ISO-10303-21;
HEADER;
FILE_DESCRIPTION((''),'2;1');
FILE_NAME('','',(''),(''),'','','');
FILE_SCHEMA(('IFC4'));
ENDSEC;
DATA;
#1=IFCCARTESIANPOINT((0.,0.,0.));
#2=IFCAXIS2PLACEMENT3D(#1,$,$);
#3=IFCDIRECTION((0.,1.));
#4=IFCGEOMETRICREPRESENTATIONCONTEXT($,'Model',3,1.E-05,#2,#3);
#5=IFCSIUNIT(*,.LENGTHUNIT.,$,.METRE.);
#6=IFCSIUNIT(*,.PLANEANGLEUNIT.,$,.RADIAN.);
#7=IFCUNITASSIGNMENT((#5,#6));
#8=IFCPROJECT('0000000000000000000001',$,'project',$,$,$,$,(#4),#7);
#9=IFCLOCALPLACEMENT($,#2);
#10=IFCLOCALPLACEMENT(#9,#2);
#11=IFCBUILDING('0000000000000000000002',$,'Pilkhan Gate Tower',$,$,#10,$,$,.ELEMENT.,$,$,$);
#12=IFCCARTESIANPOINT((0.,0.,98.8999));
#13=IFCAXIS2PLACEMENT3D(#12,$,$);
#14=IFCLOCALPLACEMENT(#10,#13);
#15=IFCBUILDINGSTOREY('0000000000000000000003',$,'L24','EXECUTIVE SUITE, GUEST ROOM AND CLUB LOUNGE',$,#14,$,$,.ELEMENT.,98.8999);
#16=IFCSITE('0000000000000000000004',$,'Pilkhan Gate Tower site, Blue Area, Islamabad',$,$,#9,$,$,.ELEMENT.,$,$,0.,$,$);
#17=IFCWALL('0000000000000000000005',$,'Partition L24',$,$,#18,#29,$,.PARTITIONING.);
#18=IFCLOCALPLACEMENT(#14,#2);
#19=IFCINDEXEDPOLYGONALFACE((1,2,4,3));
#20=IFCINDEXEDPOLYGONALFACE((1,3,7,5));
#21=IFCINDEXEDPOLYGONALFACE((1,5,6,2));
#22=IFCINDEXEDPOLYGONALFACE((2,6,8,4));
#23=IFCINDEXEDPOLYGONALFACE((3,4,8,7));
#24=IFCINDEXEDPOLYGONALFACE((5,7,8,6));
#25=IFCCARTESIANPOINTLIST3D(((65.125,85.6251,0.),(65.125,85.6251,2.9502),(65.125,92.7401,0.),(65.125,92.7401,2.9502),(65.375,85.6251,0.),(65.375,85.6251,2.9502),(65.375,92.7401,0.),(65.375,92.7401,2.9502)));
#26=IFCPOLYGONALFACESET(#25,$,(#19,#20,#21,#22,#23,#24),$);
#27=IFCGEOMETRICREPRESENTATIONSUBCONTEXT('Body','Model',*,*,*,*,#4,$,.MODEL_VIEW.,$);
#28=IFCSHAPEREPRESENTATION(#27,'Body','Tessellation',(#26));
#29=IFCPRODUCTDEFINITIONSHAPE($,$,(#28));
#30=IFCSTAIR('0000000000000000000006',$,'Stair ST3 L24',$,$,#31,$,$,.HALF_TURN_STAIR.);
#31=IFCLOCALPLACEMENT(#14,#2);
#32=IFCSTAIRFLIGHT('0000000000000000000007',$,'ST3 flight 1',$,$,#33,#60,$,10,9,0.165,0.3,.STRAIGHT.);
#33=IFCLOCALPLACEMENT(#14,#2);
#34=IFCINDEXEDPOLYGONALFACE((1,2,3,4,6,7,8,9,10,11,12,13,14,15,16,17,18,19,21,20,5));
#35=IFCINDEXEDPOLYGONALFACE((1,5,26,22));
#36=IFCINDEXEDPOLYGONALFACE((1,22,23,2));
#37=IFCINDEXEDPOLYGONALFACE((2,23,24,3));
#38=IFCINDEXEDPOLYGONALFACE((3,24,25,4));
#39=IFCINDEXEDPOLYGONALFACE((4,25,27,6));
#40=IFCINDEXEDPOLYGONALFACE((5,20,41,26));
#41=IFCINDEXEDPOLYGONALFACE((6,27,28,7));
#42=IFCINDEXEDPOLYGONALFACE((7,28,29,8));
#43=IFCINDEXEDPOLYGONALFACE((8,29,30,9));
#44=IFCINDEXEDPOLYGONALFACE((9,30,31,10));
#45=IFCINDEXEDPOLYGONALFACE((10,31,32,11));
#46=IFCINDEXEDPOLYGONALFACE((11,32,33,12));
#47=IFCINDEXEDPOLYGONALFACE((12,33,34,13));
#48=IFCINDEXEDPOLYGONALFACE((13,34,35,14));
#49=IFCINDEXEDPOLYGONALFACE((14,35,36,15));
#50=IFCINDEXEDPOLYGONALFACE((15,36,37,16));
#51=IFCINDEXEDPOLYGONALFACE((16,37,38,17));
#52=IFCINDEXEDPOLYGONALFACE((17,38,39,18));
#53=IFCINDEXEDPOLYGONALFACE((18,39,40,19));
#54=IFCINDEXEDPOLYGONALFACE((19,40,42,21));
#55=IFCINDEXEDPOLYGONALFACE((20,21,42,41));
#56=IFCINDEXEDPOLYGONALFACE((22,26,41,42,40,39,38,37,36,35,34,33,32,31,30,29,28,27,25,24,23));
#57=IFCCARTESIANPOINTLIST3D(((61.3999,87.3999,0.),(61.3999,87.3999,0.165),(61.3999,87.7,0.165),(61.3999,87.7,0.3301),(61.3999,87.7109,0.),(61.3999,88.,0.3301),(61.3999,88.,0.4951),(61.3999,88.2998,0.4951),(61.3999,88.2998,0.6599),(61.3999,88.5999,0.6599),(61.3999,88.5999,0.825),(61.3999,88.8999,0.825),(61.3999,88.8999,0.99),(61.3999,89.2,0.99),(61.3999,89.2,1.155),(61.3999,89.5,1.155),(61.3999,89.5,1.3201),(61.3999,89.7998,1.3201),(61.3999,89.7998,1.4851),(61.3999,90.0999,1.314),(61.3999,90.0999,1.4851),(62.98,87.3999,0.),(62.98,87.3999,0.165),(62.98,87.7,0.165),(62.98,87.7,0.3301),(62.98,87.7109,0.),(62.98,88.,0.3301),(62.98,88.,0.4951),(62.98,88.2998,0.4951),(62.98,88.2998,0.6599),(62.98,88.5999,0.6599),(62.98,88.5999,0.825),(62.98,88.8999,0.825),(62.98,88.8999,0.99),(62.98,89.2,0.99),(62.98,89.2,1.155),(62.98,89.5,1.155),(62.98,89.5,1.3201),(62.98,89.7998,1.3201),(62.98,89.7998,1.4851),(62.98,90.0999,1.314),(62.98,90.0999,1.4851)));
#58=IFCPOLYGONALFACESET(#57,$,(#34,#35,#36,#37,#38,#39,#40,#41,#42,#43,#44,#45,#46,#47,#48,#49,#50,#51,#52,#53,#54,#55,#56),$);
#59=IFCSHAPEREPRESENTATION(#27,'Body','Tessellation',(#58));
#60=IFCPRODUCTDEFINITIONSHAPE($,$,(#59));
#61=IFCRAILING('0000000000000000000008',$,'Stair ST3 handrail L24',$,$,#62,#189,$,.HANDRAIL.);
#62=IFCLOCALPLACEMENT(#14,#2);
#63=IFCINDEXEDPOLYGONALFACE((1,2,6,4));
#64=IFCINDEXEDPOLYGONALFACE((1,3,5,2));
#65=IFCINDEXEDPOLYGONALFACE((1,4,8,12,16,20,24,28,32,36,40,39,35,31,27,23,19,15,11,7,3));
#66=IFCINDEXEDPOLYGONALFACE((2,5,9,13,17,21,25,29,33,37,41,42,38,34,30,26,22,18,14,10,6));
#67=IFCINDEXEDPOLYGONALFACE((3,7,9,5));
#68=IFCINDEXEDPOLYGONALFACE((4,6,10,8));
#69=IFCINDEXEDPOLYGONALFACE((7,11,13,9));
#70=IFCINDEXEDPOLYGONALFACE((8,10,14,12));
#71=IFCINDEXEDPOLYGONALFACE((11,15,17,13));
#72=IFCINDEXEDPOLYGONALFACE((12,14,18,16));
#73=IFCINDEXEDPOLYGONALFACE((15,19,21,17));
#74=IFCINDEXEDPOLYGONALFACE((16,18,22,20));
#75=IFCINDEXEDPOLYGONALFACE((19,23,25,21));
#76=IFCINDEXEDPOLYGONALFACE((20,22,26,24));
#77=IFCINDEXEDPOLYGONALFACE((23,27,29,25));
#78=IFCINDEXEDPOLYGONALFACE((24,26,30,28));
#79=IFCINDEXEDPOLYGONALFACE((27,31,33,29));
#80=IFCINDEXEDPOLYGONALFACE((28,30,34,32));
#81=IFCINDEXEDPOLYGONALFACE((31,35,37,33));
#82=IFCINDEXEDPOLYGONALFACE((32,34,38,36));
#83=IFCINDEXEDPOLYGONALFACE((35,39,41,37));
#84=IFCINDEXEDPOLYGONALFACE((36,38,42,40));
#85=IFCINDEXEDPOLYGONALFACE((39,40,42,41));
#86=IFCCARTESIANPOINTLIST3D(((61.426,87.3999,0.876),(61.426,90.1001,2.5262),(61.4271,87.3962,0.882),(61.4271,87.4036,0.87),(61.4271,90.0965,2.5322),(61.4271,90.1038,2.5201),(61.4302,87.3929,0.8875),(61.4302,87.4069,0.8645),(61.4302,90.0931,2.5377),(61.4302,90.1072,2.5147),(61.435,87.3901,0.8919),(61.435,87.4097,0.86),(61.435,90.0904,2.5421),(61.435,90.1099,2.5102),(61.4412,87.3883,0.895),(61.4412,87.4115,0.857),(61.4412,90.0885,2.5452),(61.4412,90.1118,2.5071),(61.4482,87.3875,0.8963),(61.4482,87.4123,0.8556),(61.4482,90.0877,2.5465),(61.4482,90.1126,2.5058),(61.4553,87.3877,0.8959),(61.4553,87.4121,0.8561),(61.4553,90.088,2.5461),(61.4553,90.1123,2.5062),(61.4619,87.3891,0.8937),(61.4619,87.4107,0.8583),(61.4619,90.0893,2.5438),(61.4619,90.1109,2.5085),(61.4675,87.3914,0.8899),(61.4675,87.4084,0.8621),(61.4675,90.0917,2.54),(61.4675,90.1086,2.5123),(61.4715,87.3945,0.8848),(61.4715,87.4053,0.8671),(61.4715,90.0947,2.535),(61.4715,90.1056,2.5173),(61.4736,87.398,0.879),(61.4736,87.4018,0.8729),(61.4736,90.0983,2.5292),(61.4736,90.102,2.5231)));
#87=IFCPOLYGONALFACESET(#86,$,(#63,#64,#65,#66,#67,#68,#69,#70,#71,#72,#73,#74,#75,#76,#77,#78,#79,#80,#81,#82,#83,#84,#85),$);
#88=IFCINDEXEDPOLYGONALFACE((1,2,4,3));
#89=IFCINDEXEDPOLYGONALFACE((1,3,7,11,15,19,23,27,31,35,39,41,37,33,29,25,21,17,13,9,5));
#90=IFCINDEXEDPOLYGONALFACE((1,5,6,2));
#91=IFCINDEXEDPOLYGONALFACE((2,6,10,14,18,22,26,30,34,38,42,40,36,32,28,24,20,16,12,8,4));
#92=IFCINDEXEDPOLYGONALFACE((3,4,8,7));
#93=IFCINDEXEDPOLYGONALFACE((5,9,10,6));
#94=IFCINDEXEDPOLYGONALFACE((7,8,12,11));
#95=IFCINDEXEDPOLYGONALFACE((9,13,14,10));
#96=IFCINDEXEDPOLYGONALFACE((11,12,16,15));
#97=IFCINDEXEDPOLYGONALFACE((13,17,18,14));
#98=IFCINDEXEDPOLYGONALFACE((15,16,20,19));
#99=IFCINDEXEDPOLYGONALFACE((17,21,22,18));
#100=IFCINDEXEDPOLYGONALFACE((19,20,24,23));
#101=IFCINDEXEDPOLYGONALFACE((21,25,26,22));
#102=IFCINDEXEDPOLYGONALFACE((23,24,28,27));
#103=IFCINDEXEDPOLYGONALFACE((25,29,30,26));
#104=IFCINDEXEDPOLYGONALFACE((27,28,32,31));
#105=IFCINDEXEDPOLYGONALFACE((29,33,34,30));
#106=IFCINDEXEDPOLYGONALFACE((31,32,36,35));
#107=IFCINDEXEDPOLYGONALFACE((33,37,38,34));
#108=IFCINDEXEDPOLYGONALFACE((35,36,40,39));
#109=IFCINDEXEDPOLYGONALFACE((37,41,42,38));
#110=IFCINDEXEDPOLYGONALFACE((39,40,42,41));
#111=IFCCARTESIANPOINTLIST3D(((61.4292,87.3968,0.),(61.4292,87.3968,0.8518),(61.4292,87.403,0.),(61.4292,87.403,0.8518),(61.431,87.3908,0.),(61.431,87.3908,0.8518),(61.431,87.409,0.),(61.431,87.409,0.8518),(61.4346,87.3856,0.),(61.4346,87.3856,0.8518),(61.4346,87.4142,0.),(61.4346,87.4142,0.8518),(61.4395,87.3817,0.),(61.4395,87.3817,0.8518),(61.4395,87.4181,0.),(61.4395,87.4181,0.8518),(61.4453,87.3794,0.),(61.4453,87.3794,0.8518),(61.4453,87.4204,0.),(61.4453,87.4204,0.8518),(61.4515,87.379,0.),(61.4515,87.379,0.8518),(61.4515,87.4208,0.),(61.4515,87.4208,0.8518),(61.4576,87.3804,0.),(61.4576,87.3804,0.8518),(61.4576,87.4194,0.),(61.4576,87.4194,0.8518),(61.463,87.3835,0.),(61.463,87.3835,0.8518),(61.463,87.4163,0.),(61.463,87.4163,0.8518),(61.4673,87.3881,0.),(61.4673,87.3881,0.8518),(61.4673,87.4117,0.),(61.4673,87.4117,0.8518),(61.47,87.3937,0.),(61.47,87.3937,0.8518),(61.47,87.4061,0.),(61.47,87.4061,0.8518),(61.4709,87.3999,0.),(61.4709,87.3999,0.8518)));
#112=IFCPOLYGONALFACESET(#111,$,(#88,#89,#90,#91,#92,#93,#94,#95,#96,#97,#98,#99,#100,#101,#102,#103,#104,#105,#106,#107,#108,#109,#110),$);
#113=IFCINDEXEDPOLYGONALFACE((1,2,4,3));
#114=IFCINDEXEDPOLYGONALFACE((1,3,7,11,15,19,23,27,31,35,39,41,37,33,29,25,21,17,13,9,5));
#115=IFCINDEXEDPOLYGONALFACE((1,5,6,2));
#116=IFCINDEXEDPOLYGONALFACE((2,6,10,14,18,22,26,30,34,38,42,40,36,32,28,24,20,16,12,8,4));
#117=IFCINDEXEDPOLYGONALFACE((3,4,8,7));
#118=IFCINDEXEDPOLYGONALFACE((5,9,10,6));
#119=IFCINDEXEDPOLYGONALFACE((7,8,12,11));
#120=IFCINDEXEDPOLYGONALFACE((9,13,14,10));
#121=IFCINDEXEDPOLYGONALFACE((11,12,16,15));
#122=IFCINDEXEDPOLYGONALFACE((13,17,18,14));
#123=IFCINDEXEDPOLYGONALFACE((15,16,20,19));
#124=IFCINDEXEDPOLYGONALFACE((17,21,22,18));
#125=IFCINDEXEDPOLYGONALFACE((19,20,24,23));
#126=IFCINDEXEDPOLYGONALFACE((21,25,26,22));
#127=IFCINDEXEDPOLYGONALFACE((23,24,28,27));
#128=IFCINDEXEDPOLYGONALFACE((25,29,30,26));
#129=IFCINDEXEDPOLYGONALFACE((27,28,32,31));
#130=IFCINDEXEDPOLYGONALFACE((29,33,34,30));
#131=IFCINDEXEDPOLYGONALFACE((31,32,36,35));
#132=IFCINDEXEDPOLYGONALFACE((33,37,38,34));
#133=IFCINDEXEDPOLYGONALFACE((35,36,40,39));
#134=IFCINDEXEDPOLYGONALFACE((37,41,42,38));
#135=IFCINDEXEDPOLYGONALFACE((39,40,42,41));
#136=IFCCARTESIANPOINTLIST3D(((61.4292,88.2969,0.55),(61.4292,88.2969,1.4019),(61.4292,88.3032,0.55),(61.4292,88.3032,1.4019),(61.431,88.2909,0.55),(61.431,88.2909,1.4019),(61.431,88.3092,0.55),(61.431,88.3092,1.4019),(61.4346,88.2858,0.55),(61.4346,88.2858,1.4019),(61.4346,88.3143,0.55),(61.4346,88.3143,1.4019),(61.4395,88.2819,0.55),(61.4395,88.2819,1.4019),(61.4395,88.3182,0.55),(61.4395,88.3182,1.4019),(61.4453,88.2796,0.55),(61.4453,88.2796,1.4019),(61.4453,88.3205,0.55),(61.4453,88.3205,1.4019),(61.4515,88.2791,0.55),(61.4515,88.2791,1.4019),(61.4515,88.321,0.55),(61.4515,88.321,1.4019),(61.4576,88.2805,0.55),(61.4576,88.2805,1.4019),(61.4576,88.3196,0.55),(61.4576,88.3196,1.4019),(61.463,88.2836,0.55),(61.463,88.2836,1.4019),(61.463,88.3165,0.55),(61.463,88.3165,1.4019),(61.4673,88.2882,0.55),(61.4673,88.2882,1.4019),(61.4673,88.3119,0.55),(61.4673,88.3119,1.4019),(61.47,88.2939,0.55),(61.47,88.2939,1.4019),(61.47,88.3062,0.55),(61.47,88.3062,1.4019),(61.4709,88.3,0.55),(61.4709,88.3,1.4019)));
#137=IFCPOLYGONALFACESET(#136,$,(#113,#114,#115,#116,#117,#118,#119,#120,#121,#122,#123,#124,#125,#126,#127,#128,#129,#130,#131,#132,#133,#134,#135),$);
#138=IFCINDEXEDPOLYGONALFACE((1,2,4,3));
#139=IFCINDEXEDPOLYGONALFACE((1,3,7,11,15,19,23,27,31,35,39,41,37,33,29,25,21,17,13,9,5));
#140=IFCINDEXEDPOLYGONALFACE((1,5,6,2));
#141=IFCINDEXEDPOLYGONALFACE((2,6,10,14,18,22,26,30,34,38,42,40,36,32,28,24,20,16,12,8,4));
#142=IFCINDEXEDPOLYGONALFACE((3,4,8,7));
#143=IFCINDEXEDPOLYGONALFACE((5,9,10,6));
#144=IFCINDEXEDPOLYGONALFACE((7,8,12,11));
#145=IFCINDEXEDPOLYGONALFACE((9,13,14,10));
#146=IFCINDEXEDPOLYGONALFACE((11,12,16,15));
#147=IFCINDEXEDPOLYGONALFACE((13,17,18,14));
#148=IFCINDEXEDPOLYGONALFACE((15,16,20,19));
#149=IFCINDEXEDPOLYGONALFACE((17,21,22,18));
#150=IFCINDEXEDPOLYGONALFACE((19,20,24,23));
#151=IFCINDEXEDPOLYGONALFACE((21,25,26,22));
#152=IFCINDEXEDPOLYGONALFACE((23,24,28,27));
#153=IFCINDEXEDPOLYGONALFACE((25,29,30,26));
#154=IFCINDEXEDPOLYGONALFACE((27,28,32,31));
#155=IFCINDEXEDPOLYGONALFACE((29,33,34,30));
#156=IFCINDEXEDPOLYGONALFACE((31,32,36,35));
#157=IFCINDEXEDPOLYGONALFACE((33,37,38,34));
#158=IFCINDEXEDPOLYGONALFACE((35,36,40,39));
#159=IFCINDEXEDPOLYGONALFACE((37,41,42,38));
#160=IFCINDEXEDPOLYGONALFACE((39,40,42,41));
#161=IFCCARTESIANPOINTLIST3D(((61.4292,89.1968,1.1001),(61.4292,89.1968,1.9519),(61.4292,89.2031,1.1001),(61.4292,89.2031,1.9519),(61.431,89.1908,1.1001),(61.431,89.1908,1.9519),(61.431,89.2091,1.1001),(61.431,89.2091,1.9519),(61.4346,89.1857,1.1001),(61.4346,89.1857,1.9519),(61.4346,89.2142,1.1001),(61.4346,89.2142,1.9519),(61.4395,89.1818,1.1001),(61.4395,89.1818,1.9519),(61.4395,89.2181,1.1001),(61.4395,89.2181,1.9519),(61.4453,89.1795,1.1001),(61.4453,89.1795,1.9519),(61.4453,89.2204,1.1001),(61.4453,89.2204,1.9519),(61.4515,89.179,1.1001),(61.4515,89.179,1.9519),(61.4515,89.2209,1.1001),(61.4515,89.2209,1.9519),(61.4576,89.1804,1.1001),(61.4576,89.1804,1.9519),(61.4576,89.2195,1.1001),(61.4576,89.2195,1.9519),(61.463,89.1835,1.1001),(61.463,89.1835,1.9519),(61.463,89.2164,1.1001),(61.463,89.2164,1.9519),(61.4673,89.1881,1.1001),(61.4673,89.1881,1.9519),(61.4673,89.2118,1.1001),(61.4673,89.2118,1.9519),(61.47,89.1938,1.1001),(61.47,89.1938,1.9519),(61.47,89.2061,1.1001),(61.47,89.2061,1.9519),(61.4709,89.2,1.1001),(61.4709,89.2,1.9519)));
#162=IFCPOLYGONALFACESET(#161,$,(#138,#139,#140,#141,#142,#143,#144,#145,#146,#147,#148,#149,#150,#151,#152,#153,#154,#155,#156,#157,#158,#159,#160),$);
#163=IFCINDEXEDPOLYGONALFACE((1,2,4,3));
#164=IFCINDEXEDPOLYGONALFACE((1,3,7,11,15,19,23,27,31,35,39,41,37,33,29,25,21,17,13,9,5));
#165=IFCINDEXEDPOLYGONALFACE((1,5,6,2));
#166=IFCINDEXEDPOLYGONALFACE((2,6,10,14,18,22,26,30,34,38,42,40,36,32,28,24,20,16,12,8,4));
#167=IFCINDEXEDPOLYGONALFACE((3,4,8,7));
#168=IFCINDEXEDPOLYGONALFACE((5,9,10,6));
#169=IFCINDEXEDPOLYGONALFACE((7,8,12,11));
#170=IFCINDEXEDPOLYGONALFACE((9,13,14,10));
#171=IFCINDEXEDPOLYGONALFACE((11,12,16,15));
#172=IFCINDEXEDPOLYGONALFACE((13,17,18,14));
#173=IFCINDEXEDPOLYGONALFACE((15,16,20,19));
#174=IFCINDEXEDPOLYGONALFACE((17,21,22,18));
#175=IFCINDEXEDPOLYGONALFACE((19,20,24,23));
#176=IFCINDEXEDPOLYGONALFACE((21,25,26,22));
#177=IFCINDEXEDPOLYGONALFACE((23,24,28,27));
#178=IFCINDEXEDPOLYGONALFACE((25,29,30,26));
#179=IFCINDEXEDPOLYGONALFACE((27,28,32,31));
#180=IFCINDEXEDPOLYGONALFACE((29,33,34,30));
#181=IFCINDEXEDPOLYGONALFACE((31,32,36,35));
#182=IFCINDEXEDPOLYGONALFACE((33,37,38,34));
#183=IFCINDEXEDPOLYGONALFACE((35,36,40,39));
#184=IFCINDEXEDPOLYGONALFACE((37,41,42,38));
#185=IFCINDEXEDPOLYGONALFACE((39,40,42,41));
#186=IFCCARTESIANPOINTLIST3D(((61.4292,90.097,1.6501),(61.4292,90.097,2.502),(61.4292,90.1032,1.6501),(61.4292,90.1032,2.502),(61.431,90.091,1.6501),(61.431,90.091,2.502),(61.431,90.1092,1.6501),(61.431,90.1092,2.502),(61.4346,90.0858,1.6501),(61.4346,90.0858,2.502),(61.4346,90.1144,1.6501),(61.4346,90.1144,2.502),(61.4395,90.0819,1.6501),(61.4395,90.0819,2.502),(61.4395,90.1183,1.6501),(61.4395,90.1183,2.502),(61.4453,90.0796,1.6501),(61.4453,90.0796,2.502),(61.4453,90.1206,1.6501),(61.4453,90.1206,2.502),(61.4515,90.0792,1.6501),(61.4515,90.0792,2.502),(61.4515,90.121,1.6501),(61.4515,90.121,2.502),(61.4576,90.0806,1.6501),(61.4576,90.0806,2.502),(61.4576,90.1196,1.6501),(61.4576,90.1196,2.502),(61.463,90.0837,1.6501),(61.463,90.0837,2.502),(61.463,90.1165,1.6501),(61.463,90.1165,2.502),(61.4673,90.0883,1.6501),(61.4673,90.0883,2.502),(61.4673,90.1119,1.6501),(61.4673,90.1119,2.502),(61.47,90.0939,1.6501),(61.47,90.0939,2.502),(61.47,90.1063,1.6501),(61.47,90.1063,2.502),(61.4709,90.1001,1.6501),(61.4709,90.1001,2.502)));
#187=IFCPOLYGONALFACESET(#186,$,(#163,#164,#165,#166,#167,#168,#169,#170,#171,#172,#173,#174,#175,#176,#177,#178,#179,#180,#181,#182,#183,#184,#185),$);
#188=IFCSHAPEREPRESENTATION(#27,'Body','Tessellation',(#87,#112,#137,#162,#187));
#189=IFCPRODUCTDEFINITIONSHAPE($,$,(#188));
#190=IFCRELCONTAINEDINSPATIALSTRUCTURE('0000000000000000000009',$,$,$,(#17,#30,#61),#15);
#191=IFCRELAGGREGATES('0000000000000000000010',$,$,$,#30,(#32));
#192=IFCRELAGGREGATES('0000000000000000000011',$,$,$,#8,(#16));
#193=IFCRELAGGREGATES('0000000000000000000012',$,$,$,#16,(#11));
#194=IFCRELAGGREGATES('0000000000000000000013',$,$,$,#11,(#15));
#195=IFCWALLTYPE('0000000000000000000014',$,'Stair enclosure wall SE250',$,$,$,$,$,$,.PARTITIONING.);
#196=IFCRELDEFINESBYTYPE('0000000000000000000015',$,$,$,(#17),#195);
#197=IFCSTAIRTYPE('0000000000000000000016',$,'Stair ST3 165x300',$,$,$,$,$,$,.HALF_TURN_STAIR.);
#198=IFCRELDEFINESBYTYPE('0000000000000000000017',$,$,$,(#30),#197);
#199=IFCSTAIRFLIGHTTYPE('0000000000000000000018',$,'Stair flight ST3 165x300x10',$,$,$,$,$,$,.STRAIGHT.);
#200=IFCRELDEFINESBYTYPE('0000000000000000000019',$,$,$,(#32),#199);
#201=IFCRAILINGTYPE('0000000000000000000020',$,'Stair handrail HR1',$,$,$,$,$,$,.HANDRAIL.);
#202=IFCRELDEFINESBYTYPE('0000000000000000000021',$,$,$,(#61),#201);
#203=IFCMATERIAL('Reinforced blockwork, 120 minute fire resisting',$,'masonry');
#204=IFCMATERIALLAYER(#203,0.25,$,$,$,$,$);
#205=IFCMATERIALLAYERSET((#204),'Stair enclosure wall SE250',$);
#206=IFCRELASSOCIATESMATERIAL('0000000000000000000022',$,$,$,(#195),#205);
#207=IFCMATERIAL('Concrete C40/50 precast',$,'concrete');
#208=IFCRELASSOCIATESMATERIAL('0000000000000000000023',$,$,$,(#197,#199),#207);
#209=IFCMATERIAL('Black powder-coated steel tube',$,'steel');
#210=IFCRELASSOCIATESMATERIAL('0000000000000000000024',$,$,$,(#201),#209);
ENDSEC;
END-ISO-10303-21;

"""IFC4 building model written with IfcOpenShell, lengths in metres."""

from ifc_helpers import new_model, si_unit, direction, frame, frame_2d, origin, origin_2d, place, context, subcontext, project, spatial, polyline, rectangle, circle, outline, extrude, material, layer, layer_set, type_object, element, aggregate, save


model = new_model("IFC4")

# Units and contexts
model_context = context("Model", 3, precision=1e-05, world=origin(), true_north=direction((0.0, 1.0)))
body_context = subcontext(model_context, "Body", "Model", "MODEL_VIEW")
ifc_project = project(units=[si_unit("LENGTHUNIT", "METRE"), si_unit("PLANEANGLEUNIT", "RADIAN")], contexts=[model_context])

# Site, building, storey
site_placement = place(None, origin())
site = spatial("IfcSite", under=ifc_project, at=site_placement, Name="Pilkhan Gate Tower site, Blue Area, Islamabad", CompositionType="ELEMENT", RefElevation=0.0)
building_placement = place(site_placement, origin())
building = spatial("IfcBuilding", under=site, at=building_placement, Name="Pilkhan Gate Tower", CompositionType="ELEMENT")
storey_placement = place(building_placement, frame((0.0, 0.0, 98.8999)))
storey = spatial("IfcBuildingStorey", under=building, at=storey_placement, Name="L24", Description="EXECUTIVE SUITE, GUEST ROOM AND CLUB LOUNGE", CompositionType="ELEMENT", Elevation=98.8999)

# Shared definitions
ifc_material_1 = material(Name="Reinforced blockwork, 120 minute fire resisting", Category="masonry")
ifc_layer_1 = layer(ifc_material_1, 0.25)
ifc_layer_set_1 = layer_set([ifc_layer_1], Name="Stair enclosure wall SE250")
wall_type_1 = type_object("IfcWallType", Name="Stair enclosure wall SE250", PredefinedType="PARTITIONING", material=ifc_layer_set_1)

# Wall
wall_1_placement = place(storey_placement, frame((65.25, 85.625, 0.0), z_axis=(0.0, 0.0, 1.0), x_axis=(0.0, 1.0, 0.0)))
element("IfcWall", 1, at=wall_1_placement, inside=storey, type_object=wall_type_1, Name="Partition L24", PredefinedType="PARTITIONING", context=body_context, shape_type="SweptSolid", body=[
    extrude(rectangle(XDim=7.115, YDim=0.25, at=frame_2d((3.5576, 0.0))), origin(), (0.0, 0.0, 1.0), 2.9502),
])

# Stair, stair flight
ifc_material_2 = material(Name="Concrete C40/50 precast", Category="concrete")
stair_type = type_object("IfcStairType", Name="Stair ST3 165x300", PredefinedType="HALF_TURN_STAIR", material=ifc_material_2)
stair_placement = place(storey_placement, origin())
stair = element("IfcStair", 2, at=stair_placement, inside=storey, type_object=stair_type, Name="Stair ST3 L24", PredefinedType="HALF_TURN_STAIR")
stair_flight_type = type_object("IfcStairFlightType", Name="Stair flight ST3 165x300x10", PredefinedType="STRAIGHT", material=ifc_material_2)
stair_flight_placement = place(storey_placement, frame((62.1899, 87.3999, 0.0), z_axis=(0.0, 0.0, 1.0), x_axis=(0.0, 1.0, 0.0)))
stair_flight = element("IfcStairFlight", 3, at=stair_flight_placement, type_object=stair_flight_type, Name="ST3 flight 1", NumberOfRisers=10, NumberOfTreads=9, PredefinedType="STRAIGHT", RiserHeight=0.165, TreadLength=0.3, context=body_context, shape_type="SweptSolid", body=[
    extrude(outline(polyline([(0.0, 0.0), (0.0, 0.165), (0.3, 0.165), (0.3, 0.3301), (0.6001, 0.3301), (0.6001, 0.4951), (0.8999, 0.4951), (0.8999, 0.6599), (1.2, 0.6599), (1.2, 0.825), (1.5, 0.825), (1.5, 0.99), (1.8, 0.99), (1.8, 1.155), (2.1001, 1.155), (2.1001, 1.3201), (2.3999, 1.3201), (2.3999, 1.4851), (2.7, 1.4851), (2.7, 1.6499), (2.7, 1.314), (0.311, 0.0), (0.0, 0.0)])), frame((0.0, 0.79, 0.0), z_axis=(0.0, -1.0, 0.0), x_axis=(1.0, 0.0, 0.0)), (0.0, 0.0, 1.0), 1.5801),
])
aggregate(stair, [stair_flight])

# Railing
ifc_material_3 = material(Name="Black powder-coated steel tube", Category="steel")
railing_type_1 = type_object("IfcRailingType", Name="Stair handrail HR1", PredefinedType="HANDRAIL", material=ifc_material_3)
railing_1_placement = place(storey_placement, frame((61.45, 87.3999, 0.0)))
element("IfcRailing", 4, at=railing_1_placement, inside=storey, type_object=railing_type_1, Name="Stair ST3 handrail L24", PredefinedType="HANDRAIL", context=body_context, shape_type="SweptSolid", body=[
    extrude(circle(Radius=0.0239, at=origin_2d()), frame((0.0, 0.0, 0.876), z_axis=(0.0, 0.853278, 0.521456), x_axis=(-1.0, 0.0, 0.0)), (0.0, 0.0, 1.0), 3.1646),
    extrude(circle(Radius=0.021, at=origin_2d()), origin(), (0.0, 0.0, 1.0), 0.8518),
    extrude(circle(Radius=0.021, at=origin_2d()), frame((0.0, 0.9001, 0.55)), (0.0, 0.0, 1.0), 0.8518),
    extrude(circle(Radius=0.021, at=origin_2d()), frame((0.0, 1.8, 1.1001)), (0.0, 0.0, 1.0), 0.8518),
    extrude(circle(Radius=0.021, at=origin_2d()), frame((0.0, 2.7002, 1.6501)), (0.0, 0.0, 1.0), 0.8518),
])

save(model, "model.ifc")
